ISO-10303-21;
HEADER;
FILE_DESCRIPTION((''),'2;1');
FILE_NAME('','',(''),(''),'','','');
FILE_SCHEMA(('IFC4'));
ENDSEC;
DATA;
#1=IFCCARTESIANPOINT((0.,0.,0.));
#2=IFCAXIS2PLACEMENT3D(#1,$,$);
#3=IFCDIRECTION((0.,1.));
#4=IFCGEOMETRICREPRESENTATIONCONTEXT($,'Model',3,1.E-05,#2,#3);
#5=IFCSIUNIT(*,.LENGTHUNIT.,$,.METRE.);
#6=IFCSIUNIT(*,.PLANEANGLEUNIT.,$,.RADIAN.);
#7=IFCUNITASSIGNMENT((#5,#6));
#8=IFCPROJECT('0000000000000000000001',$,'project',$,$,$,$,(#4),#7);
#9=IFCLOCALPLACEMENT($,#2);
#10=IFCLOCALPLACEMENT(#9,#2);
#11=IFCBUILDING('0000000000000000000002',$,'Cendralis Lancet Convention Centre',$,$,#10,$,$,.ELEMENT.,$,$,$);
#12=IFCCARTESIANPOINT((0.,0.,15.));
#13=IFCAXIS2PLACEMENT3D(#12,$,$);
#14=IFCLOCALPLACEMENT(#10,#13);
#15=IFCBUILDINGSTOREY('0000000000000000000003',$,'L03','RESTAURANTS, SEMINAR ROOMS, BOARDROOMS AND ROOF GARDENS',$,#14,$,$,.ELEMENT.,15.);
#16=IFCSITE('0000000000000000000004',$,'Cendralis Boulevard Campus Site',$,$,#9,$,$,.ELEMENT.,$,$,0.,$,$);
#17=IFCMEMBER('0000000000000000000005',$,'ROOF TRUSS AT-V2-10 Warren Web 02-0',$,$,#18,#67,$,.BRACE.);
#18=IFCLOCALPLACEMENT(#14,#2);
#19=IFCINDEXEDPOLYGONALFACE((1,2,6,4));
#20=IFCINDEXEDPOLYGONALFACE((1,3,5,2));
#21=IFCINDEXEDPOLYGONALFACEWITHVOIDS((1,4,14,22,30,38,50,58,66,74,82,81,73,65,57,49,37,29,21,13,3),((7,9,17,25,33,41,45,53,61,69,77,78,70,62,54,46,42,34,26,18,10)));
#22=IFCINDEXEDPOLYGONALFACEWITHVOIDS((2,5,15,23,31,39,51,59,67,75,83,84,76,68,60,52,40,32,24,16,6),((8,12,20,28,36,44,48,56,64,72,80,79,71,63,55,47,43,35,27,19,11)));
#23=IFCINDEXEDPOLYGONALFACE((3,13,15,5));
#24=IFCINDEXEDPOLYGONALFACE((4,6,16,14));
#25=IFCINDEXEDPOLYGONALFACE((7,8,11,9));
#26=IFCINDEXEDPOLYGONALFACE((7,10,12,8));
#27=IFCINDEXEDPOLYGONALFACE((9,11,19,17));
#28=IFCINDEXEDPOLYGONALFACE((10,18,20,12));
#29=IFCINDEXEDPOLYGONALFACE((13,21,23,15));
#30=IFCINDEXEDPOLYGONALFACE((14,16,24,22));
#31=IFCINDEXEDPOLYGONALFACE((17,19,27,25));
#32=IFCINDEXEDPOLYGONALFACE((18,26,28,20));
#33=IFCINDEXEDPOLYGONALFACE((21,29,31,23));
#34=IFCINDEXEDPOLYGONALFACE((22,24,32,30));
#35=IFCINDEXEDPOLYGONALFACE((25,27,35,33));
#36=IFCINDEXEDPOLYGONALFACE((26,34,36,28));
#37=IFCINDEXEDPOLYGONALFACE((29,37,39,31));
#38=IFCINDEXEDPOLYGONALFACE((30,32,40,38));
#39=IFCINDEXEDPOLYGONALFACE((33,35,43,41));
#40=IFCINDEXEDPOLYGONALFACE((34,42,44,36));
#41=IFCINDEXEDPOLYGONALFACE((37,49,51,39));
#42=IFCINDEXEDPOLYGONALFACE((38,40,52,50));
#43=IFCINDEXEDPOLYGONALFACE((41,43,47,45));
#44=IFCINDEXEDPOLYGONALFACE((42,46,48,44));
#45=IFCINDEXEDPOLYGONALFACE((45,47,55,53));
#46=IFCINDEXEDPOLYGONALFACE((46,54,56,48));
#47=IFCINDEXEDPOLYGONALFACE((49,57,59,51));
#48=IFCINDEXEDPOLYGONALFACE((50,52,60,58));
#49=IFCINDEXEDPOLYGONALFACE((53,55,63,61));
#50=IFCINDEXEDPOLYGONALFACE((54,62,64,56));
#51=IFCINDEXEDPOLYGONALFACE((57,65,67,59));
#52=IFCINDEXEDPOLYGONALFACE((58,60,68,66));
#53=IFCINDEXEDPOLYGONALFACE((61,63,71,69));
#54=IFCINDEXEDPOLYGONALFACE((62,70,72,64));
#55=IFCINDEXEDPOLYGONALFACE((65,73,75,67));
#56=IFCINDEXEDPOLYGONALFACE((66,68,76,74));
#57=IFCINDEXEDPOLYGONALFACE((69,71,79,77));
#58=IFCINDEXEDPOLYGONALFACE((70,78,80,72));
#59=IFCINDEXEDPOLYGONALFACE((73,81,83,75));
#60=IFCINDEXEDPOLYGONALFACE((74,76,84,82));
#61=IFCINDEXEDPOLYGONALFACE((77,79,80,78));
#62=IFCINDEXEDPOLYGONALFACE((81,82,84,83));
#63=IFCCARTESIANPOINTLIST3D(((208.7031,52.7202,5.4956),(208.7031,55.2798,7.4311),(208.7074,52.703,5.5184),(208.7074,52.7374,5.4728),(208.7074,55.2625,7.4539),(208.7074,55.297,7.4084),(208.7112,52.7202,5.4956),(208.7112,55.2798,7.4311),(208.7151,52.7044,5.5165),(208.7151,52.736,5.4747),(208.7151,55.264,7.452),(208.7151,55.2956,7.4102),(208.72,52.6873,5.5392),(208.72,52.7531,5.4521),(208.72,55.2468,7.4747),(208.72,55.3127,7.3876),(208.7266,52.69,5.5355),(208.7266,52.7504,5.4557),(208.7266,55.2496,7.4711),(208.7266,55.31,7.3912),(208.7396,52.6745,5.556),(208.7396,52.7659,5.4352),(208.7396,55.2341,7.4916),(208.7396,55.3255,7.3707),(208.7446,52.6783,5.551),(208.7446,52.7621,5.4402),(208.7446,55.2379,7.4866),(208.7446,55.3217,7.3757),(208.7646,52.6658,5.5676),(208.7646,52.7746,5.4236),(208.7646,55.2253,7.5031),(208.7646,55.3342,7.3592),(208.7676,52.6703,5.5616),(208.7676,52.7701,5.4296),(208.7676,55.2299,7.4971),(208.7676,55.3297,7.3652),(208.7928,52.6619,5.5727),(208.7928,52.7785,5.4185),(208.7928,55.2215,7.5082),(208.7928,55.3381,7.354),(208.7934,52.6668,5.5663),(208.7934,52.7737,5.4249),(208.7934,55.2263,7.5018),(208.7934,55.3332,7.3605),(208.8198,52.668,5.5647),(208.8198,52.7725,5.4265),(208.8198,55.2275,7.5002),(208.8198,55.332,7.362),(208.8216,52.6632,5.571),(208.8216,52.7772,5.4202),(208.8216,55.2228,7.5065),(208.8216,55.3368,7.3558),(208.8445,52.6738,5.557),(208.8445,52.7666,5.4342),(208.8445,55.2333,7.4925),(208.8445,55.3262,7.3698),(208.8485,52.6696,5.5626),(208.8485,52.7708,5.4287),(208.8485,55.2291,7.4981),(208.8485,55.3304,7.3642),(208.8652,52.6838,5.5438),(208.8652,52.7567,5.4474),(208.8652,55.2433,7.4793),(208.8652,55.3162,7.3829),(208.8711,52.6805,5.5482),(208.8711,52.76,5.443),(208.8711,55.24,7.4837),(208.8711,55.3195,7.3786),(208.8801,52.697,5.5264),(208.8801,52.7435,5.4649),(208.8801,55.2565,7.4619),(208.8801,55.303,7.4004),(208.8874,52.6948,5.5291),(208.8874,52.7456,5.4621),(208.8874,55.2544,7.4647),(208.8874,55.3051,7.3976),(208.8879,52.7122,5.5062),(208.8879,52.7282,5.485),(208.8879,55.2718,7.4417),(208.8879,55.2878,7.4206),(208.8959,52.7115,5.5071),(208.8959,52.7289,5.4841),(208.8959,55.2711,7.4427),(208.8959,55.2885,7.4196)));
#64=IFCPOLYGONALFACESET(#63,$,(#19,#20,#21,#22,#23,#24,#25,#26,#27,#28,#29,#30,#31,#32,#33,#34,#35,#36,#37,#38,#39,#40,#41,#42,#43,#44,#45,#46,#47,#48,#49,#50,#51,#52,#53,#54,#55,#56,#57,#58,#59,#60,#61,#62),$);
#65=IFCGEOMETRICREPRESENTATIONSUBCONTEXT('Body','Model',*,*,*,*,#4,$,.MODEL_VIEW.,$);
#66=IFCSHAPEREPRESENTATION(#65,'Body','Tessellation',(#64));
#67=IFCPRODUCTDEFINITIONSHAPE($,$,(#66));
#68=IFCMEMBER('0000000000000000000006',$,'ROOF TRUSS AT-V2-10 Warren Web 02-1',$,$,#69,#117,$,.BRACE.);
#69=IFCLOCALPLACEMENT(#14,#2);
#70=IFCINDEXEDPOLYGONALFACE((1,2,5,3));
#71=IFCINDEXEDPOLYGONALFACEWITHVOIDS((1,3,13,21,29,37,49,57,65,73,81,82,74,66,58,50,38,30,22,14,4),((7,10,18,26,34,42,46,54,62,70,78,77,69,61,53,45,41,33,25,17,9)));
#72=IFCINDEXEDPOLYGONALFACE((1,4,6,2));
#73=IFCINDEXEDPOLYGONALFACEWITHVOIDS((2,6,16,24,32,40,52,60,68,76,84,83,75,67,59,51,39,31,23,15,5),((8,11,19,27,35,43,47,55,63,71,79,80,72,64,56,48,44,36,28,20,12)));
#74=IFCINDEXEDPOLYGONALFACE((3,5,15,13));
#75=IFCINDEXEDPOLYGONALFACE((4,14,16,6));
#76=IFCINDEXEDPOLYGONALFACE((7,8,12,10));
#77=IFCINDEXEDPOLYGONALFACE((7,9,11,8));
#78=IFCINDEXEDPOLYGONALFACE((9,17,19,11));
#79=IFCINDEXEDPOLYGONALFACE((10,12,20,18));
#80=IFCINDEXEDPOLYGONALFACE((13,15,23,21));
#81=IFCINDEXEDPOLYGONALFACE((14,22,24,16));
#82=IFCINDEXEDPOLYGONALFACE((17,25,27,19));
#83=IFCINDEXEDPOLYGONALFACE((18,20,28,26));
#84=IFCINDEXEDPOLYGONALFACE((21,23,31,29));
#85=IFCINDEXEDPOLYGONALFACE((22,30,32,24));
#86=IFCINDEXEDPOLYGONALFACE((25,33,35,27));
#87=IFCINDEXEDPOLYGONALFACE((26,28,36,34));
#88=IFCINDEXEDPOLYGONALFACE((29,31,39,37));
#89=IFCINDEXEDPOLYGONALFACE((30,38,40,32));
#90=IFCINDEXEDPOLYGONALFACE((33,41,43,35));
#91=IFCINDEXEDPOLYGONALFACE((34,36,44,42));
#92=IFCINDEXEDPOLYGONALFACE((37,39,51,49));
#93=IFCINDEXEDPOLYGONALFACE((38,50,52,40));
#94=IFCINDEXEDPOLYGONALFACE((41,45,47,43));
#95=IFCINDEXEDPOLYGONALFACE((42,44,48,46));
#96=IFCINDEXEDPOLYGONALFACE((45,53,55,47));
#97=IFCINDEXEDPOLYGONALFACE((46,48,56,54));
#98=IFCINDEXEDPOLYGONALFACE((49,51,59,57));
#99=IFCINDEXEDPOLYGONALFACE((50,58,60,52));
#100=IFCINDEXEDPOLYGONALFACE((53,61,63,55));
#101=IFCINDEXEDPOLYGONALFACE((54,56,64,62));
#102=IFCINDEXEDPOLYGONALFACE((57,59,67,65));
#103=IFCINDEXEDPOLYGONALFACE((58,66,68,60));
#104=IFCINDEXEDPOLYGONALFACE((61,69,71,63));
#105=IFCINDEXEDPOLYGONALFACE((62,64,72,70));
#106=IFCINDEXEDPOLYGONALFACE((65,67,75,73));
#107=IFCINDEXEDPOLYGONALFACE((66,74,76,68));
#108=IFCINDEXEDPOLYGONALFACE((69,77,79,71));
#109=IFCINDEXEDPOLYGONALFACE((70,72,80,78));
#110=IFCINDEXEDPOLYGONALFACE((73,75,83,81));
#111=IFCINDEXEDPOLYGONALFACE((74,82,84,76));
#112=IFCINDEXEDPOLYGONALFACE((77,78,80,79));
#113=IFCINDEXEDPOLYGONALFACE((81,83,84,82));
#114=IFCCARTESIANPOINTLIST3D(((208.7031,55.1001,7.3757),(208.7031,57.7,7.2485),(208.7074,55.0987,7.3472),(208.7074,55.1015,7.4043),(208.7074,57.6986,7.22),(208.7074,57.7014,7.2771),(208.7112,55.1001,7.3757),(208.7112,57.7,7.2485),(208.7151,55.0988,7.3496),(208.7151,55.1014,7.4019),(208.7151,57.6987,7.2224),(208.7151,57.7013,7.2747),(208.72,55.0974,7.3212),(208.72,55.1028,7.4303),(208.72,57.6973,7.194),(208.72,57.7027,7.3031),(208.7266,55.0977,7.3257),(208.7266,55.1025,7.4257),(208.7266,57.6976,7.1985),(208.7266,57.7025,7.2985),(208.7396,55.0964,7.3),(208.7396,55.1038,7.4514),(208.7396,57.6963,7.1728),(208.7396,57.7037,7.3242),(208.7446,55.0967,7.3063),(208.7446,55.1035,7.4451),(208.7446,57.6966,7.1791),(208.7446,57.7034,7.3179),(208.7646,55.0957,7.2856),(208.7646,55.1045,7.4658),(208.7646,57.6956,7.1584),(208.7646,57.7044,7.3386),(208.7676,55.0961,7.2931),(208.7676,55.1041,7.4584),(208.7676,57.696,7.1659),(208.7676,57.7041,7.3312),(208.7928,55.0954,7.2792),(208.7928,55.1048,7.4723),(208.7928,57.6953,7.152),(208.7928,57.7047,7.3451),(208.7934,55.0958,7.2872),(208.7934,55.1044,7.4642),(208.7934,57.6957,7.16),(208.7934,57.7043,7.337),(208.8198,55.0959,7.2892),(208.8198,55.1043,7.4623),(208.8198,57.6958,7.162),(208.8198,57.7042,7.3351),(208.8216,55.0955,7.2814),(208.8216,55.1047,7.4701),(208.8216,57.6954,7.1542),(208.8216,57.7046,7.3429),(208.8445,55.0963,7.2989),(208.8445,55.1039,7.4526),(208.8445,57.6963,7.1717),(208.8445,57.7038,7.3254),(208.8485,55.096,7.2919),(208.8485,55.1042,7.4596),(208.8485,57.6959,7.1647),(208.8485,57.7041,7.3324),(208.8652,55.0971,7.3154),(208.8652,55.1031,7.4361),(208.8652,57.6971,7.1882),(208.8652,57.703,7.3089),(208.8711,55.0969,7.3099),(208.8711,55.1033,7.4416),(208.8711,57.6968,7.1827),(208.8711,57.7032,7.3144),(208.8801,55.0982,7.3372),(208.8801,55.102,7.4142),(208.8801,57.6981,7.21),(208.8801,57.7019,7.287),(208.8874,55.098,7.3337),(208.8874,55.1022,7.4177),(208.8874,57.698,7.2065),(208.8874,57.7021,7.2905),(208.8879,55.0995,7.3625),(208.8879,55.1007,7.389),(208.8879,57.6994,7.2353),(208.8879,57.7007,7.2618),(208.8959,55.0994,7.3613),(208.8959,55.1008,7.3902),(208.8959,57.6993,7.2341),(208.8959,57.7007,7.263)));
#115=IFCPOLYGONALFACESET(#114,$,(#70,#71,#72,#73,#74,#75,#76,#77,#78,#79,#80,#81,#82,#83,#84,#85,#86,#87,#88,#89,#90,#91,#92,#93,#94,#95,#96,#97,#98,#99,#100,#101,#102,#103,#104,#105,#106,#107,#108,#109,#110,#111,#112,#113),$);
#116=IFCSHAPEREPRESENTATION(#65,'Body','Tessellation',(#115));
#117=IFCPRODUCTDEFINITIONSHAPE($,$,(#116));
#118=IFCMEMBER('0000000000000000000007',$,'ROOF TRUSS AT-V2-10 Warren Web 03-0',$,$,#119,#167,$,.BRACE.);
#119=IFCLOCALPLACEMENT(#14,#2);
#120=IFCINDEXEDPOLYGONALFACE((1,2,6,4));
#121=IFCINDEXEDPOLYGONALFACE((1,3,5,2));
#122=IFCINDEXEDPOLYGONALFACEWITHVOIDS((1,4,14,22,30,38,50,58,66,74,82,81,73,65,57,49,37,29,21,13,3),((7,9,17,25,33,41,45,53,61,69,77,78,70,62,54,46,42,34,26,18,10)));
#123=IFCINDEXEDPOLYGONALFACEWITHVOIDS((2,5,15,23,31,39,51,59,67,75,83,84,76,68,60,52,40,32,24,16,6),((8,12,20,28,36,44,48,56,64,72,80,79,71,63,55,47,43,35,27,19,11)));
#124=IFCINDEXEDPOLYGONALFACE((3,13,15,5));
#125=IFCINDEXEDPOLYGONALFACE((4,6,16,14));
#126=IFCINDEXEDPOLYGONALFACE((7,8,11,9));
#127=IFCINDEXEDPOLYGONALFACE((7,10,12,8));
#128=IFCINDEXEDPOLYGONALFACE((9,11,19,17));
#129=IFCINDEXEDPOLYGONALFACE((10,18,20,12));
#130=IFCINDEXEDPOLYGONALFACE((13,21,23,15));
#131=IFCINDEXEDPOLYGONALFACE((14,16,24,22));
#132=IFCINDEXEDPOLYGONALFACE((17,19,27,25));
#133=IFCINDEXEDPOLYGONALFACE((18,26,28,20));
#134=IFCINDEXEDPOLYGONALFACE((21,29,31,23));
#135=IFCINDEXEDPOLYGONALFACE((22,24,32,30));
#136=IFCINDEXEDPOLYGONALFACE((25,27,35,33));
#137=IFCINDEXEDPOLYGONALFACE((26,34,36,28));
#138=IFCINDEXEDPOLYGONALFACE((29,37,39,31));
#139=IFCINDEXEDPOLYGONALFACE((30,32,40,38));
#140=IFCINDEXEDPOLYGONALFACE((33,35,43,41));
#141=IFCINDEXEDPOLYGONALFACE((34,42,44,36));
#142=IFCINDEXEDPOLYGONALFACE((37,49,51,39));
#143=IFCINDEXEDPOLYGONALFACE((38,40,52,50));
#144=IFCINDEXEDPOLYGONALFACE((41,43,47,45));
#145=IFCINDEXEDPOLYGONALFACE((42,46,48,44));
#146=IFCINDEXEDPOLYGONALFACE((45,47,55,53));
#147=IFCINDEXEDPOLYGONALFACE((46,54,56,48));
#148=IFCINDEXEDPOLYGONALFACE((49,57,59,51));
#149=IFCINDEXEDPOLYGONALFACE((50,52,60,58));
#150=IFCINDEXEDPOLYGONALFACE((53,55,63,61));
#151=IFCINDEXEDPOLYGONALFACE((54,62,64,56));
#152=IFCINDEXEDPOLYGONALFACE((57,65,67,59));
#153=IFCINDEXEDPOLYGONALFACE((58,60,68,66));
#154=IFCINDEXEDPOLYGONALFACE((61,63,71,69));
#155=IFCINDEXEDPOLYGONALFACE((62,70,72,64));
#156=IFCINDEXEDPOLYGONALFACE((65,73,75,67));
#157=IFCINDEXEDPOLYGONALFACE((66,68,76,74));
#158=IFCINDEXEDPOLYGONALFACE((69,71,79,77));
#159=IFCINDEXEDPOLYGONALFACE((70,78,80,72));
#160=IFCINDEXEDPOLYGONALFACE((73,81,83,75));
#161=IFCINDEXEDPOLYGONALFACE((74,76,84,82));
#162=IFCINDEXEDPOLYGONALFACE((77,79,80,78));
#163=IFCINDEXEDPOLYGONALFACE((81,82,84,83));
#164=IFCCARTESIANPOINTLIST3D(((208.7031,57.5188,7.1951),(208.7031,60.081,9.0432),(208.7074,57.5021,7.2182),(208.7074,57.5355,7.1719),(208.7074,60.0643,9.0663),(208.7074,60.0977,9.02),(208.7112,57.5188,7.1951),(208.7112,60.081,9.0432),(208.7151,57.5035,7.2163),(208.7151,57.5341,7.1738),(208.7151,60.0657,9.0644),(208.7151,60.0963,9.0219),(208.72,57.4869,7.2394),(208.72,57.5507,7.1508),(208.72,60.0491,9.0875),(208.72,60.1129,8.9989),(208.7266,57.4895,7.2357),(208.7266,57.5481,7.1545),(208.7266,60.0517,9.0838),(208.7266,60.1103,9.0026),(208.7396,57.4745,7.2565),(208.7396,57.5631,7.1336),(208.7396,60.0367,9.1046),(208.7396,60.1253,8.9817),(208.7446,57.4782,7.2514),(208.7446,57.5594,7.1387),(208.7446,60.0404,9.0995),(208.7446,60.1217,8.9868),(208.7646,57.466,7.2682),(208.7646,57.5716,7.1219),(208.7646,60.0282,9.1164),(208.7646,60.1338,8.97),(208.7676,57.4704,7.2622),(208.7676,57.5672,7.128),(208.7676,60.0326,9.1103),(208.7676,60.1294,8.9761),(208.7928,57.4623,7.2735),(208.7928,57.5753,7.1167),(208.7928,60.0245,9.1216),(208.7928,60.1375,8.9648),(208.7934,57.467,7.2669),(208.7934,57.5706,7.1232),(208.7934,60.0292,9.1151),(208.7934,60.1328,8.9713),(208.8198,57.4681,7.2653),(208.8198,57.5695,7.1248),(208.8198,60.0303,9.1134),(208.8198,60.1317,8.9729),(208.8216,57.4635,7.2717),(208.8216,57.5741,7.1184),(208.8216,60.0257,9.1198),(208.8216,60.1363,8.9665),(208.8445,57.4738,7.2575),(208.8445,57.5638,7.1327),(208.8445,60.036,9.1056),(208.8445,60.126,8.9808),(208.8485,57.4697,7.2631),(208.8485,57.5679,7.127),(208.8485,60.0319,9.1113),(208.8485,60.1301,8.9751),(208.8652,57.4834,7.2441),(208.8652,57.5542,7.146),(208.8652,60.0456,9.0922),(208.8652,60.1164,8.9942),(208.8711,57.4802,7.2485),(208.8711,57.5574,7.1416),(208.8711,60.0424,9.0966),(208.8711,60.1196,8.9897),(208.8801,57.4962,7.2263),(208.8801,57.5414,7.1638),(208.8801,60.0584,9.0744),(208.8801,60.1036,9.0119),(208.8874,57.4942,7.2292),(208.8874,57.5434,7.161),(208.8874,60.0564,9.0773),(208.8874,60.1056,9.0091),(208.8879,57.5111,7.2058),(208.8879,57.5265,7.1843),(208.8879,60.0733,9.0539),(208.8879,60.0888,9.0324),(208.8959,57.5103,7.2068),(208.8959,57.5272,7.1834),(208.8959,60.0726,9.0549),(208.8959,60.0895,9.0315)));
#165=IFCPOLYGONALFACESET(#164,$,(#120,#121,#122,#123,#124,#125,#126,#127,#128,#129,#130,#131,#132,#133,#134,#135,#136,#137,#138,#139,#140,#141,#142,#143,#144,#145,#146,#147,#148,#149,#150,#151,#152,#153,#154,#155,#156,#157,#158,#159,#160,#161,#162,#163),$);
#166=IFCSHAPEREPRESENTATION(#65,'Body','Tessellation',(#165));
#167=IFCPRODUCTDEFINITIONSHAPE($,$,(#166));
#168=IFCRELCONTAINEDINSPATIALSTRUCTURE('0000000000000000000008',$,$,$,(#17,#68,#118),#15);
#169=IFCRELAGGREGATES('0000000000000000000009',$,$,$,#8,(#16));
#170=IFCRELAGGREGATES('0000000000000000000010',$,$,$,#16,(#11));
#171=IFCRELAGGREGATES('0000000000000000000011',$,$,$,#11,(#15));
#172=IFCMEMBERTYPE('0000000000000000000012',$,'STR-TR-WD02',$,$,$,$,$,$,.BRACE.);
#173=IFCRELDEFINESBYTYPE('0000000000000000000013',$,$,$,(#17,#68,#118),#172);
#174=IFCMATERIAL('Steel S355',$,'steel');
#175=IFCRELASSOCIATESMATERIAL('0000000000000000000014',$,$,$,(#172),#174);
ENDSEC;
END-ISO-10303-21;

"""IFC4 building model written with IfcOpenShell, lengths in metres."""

from ifc_helpers import new_model, si_unit, direction, frame, origin, origin_2d, place, context, subcontext, project, spatial, hollow_circle, extrude, material, material_profile, profile_set, type_object, element, save


model = new_model("IFC4")

# Units and contexts
model_context = context("Model", 3, precision=1e-05, world=origin(), true_north=direction((0.0, 1.0)))
body_context = subcontext(model_context, "Body", "Model", "MODEL_VIEW")
ifc_project = project(units=[si_unit("LENGTHUNIT", "METRE"), si_unit("PLANEANGLEUNIT", "RADIAN")], contexts=[model_context])

# Site, building, storey
site_placement = place(None, origin())
site = spatial("IfcSite", under=ifc_project, at=site_placement, Name="Cendralis Boulevard Campus Site", CompositionType="ELEMENT", RefElevation=0.0)
building_placement = place(site_placement, origin())
building = spatial("IfcBuilding", under=site, at=building_placement, Name="Cendralis Lancet Convention Centre", CompositionType="ELEMENT")
storey_placement = place(building_placement, frame((0.0, 0.0, 15.0)))
storey = spatial("IfcBuildingStorey", under=building, at=storey_placement, Name="L03", Description="RESTAURANTS, SEMINAR ROOMS, BOARDROOMS AND ROOF GARDENS", CompositionType="ELEMENT", Elevation=15.0)

# Shared definitions
ifc_material_1 = material(Name="Steel S355", Category="steel")

# Members
ifc_material_profile_1 = material_profile(ifc_material_1, hollow_circle(Radius=0.0969, WallThickness=0.0081, at=origin_2d()), Name="CHS 193.7x8.0")
ifc_profile_set_1 = profile_set([ifc_material_profile_1], Name="Steel S355")
member_type_1 = type_object("IfcMemberType", Name="STR-TR-WD02", PredefinedType="BRACE", material=ifc_profile_set_1)
member_1_placement = place(storey_placement, frame((208.8, 52.7202, 5.4956), z_axis=(0.0, 0.79762, 0.60316), x_axis=(-1.0, 0.0, 0.0)))
element("IfcMember", 1, at=member_1_placement, inside=storey, type_object=member_type_1, Name="ROOF TRUSS AT-V2-10 Warren Web 02-0", PredefinedType="BRACE", context=body_context, shape_type="SweptSolid", body=[
    extrude(hollow_circle(Radius=0.0969, WallThickness=0.0081, at=origin_2d()), origin(), (0.0, 0.0, 1.0), 3.209),
])
member_2_placement = place(storey_placement, frame((208.8, 55.1001, 7.3757), z_axis=(0.0, 0.998805, -0.048866), x_axis=(-1.0, 0.0, 0.0)))
element("IfcMember", 2, at=member_2_placement, inside=storey, type_object=member_type_1, Name="ROOF TRUSS AT-V2-10 Warren Web 02-1", PredefinedType="BRACE", context=body_context, shape_type="SweptSolid", body=[
    extrude(hollow_circle(Radius=0.0969, WallThickness=0.0081, at=origin_2d()), origin(), (0.0, 0.0, 1.0), 2.603),
])
member_3_placement = place(storey_placement, frame((208.8, 57.5188, 7.1951), z_axis=(0.0, 0.811036, 0.584997), x_axis=(-1.0, 0.0, 0.0)))
element("IfcMember", 3, at=member_3_placement, inside=storey, type_object=member_type_1, Name="ROOF TRUSS AT-V2-10 Warren Web 03-0", PredefinedType="BRACE", context=body_context, shape_type="SweptSolid", body=[
    extrude(hollow_circle(Radius=0.0969, WallThickness=0.0081, at=origin_2d()), origin(), (0.0, 0.0, 1.0), 3.1592),
])

save(model, "model.ifc")
